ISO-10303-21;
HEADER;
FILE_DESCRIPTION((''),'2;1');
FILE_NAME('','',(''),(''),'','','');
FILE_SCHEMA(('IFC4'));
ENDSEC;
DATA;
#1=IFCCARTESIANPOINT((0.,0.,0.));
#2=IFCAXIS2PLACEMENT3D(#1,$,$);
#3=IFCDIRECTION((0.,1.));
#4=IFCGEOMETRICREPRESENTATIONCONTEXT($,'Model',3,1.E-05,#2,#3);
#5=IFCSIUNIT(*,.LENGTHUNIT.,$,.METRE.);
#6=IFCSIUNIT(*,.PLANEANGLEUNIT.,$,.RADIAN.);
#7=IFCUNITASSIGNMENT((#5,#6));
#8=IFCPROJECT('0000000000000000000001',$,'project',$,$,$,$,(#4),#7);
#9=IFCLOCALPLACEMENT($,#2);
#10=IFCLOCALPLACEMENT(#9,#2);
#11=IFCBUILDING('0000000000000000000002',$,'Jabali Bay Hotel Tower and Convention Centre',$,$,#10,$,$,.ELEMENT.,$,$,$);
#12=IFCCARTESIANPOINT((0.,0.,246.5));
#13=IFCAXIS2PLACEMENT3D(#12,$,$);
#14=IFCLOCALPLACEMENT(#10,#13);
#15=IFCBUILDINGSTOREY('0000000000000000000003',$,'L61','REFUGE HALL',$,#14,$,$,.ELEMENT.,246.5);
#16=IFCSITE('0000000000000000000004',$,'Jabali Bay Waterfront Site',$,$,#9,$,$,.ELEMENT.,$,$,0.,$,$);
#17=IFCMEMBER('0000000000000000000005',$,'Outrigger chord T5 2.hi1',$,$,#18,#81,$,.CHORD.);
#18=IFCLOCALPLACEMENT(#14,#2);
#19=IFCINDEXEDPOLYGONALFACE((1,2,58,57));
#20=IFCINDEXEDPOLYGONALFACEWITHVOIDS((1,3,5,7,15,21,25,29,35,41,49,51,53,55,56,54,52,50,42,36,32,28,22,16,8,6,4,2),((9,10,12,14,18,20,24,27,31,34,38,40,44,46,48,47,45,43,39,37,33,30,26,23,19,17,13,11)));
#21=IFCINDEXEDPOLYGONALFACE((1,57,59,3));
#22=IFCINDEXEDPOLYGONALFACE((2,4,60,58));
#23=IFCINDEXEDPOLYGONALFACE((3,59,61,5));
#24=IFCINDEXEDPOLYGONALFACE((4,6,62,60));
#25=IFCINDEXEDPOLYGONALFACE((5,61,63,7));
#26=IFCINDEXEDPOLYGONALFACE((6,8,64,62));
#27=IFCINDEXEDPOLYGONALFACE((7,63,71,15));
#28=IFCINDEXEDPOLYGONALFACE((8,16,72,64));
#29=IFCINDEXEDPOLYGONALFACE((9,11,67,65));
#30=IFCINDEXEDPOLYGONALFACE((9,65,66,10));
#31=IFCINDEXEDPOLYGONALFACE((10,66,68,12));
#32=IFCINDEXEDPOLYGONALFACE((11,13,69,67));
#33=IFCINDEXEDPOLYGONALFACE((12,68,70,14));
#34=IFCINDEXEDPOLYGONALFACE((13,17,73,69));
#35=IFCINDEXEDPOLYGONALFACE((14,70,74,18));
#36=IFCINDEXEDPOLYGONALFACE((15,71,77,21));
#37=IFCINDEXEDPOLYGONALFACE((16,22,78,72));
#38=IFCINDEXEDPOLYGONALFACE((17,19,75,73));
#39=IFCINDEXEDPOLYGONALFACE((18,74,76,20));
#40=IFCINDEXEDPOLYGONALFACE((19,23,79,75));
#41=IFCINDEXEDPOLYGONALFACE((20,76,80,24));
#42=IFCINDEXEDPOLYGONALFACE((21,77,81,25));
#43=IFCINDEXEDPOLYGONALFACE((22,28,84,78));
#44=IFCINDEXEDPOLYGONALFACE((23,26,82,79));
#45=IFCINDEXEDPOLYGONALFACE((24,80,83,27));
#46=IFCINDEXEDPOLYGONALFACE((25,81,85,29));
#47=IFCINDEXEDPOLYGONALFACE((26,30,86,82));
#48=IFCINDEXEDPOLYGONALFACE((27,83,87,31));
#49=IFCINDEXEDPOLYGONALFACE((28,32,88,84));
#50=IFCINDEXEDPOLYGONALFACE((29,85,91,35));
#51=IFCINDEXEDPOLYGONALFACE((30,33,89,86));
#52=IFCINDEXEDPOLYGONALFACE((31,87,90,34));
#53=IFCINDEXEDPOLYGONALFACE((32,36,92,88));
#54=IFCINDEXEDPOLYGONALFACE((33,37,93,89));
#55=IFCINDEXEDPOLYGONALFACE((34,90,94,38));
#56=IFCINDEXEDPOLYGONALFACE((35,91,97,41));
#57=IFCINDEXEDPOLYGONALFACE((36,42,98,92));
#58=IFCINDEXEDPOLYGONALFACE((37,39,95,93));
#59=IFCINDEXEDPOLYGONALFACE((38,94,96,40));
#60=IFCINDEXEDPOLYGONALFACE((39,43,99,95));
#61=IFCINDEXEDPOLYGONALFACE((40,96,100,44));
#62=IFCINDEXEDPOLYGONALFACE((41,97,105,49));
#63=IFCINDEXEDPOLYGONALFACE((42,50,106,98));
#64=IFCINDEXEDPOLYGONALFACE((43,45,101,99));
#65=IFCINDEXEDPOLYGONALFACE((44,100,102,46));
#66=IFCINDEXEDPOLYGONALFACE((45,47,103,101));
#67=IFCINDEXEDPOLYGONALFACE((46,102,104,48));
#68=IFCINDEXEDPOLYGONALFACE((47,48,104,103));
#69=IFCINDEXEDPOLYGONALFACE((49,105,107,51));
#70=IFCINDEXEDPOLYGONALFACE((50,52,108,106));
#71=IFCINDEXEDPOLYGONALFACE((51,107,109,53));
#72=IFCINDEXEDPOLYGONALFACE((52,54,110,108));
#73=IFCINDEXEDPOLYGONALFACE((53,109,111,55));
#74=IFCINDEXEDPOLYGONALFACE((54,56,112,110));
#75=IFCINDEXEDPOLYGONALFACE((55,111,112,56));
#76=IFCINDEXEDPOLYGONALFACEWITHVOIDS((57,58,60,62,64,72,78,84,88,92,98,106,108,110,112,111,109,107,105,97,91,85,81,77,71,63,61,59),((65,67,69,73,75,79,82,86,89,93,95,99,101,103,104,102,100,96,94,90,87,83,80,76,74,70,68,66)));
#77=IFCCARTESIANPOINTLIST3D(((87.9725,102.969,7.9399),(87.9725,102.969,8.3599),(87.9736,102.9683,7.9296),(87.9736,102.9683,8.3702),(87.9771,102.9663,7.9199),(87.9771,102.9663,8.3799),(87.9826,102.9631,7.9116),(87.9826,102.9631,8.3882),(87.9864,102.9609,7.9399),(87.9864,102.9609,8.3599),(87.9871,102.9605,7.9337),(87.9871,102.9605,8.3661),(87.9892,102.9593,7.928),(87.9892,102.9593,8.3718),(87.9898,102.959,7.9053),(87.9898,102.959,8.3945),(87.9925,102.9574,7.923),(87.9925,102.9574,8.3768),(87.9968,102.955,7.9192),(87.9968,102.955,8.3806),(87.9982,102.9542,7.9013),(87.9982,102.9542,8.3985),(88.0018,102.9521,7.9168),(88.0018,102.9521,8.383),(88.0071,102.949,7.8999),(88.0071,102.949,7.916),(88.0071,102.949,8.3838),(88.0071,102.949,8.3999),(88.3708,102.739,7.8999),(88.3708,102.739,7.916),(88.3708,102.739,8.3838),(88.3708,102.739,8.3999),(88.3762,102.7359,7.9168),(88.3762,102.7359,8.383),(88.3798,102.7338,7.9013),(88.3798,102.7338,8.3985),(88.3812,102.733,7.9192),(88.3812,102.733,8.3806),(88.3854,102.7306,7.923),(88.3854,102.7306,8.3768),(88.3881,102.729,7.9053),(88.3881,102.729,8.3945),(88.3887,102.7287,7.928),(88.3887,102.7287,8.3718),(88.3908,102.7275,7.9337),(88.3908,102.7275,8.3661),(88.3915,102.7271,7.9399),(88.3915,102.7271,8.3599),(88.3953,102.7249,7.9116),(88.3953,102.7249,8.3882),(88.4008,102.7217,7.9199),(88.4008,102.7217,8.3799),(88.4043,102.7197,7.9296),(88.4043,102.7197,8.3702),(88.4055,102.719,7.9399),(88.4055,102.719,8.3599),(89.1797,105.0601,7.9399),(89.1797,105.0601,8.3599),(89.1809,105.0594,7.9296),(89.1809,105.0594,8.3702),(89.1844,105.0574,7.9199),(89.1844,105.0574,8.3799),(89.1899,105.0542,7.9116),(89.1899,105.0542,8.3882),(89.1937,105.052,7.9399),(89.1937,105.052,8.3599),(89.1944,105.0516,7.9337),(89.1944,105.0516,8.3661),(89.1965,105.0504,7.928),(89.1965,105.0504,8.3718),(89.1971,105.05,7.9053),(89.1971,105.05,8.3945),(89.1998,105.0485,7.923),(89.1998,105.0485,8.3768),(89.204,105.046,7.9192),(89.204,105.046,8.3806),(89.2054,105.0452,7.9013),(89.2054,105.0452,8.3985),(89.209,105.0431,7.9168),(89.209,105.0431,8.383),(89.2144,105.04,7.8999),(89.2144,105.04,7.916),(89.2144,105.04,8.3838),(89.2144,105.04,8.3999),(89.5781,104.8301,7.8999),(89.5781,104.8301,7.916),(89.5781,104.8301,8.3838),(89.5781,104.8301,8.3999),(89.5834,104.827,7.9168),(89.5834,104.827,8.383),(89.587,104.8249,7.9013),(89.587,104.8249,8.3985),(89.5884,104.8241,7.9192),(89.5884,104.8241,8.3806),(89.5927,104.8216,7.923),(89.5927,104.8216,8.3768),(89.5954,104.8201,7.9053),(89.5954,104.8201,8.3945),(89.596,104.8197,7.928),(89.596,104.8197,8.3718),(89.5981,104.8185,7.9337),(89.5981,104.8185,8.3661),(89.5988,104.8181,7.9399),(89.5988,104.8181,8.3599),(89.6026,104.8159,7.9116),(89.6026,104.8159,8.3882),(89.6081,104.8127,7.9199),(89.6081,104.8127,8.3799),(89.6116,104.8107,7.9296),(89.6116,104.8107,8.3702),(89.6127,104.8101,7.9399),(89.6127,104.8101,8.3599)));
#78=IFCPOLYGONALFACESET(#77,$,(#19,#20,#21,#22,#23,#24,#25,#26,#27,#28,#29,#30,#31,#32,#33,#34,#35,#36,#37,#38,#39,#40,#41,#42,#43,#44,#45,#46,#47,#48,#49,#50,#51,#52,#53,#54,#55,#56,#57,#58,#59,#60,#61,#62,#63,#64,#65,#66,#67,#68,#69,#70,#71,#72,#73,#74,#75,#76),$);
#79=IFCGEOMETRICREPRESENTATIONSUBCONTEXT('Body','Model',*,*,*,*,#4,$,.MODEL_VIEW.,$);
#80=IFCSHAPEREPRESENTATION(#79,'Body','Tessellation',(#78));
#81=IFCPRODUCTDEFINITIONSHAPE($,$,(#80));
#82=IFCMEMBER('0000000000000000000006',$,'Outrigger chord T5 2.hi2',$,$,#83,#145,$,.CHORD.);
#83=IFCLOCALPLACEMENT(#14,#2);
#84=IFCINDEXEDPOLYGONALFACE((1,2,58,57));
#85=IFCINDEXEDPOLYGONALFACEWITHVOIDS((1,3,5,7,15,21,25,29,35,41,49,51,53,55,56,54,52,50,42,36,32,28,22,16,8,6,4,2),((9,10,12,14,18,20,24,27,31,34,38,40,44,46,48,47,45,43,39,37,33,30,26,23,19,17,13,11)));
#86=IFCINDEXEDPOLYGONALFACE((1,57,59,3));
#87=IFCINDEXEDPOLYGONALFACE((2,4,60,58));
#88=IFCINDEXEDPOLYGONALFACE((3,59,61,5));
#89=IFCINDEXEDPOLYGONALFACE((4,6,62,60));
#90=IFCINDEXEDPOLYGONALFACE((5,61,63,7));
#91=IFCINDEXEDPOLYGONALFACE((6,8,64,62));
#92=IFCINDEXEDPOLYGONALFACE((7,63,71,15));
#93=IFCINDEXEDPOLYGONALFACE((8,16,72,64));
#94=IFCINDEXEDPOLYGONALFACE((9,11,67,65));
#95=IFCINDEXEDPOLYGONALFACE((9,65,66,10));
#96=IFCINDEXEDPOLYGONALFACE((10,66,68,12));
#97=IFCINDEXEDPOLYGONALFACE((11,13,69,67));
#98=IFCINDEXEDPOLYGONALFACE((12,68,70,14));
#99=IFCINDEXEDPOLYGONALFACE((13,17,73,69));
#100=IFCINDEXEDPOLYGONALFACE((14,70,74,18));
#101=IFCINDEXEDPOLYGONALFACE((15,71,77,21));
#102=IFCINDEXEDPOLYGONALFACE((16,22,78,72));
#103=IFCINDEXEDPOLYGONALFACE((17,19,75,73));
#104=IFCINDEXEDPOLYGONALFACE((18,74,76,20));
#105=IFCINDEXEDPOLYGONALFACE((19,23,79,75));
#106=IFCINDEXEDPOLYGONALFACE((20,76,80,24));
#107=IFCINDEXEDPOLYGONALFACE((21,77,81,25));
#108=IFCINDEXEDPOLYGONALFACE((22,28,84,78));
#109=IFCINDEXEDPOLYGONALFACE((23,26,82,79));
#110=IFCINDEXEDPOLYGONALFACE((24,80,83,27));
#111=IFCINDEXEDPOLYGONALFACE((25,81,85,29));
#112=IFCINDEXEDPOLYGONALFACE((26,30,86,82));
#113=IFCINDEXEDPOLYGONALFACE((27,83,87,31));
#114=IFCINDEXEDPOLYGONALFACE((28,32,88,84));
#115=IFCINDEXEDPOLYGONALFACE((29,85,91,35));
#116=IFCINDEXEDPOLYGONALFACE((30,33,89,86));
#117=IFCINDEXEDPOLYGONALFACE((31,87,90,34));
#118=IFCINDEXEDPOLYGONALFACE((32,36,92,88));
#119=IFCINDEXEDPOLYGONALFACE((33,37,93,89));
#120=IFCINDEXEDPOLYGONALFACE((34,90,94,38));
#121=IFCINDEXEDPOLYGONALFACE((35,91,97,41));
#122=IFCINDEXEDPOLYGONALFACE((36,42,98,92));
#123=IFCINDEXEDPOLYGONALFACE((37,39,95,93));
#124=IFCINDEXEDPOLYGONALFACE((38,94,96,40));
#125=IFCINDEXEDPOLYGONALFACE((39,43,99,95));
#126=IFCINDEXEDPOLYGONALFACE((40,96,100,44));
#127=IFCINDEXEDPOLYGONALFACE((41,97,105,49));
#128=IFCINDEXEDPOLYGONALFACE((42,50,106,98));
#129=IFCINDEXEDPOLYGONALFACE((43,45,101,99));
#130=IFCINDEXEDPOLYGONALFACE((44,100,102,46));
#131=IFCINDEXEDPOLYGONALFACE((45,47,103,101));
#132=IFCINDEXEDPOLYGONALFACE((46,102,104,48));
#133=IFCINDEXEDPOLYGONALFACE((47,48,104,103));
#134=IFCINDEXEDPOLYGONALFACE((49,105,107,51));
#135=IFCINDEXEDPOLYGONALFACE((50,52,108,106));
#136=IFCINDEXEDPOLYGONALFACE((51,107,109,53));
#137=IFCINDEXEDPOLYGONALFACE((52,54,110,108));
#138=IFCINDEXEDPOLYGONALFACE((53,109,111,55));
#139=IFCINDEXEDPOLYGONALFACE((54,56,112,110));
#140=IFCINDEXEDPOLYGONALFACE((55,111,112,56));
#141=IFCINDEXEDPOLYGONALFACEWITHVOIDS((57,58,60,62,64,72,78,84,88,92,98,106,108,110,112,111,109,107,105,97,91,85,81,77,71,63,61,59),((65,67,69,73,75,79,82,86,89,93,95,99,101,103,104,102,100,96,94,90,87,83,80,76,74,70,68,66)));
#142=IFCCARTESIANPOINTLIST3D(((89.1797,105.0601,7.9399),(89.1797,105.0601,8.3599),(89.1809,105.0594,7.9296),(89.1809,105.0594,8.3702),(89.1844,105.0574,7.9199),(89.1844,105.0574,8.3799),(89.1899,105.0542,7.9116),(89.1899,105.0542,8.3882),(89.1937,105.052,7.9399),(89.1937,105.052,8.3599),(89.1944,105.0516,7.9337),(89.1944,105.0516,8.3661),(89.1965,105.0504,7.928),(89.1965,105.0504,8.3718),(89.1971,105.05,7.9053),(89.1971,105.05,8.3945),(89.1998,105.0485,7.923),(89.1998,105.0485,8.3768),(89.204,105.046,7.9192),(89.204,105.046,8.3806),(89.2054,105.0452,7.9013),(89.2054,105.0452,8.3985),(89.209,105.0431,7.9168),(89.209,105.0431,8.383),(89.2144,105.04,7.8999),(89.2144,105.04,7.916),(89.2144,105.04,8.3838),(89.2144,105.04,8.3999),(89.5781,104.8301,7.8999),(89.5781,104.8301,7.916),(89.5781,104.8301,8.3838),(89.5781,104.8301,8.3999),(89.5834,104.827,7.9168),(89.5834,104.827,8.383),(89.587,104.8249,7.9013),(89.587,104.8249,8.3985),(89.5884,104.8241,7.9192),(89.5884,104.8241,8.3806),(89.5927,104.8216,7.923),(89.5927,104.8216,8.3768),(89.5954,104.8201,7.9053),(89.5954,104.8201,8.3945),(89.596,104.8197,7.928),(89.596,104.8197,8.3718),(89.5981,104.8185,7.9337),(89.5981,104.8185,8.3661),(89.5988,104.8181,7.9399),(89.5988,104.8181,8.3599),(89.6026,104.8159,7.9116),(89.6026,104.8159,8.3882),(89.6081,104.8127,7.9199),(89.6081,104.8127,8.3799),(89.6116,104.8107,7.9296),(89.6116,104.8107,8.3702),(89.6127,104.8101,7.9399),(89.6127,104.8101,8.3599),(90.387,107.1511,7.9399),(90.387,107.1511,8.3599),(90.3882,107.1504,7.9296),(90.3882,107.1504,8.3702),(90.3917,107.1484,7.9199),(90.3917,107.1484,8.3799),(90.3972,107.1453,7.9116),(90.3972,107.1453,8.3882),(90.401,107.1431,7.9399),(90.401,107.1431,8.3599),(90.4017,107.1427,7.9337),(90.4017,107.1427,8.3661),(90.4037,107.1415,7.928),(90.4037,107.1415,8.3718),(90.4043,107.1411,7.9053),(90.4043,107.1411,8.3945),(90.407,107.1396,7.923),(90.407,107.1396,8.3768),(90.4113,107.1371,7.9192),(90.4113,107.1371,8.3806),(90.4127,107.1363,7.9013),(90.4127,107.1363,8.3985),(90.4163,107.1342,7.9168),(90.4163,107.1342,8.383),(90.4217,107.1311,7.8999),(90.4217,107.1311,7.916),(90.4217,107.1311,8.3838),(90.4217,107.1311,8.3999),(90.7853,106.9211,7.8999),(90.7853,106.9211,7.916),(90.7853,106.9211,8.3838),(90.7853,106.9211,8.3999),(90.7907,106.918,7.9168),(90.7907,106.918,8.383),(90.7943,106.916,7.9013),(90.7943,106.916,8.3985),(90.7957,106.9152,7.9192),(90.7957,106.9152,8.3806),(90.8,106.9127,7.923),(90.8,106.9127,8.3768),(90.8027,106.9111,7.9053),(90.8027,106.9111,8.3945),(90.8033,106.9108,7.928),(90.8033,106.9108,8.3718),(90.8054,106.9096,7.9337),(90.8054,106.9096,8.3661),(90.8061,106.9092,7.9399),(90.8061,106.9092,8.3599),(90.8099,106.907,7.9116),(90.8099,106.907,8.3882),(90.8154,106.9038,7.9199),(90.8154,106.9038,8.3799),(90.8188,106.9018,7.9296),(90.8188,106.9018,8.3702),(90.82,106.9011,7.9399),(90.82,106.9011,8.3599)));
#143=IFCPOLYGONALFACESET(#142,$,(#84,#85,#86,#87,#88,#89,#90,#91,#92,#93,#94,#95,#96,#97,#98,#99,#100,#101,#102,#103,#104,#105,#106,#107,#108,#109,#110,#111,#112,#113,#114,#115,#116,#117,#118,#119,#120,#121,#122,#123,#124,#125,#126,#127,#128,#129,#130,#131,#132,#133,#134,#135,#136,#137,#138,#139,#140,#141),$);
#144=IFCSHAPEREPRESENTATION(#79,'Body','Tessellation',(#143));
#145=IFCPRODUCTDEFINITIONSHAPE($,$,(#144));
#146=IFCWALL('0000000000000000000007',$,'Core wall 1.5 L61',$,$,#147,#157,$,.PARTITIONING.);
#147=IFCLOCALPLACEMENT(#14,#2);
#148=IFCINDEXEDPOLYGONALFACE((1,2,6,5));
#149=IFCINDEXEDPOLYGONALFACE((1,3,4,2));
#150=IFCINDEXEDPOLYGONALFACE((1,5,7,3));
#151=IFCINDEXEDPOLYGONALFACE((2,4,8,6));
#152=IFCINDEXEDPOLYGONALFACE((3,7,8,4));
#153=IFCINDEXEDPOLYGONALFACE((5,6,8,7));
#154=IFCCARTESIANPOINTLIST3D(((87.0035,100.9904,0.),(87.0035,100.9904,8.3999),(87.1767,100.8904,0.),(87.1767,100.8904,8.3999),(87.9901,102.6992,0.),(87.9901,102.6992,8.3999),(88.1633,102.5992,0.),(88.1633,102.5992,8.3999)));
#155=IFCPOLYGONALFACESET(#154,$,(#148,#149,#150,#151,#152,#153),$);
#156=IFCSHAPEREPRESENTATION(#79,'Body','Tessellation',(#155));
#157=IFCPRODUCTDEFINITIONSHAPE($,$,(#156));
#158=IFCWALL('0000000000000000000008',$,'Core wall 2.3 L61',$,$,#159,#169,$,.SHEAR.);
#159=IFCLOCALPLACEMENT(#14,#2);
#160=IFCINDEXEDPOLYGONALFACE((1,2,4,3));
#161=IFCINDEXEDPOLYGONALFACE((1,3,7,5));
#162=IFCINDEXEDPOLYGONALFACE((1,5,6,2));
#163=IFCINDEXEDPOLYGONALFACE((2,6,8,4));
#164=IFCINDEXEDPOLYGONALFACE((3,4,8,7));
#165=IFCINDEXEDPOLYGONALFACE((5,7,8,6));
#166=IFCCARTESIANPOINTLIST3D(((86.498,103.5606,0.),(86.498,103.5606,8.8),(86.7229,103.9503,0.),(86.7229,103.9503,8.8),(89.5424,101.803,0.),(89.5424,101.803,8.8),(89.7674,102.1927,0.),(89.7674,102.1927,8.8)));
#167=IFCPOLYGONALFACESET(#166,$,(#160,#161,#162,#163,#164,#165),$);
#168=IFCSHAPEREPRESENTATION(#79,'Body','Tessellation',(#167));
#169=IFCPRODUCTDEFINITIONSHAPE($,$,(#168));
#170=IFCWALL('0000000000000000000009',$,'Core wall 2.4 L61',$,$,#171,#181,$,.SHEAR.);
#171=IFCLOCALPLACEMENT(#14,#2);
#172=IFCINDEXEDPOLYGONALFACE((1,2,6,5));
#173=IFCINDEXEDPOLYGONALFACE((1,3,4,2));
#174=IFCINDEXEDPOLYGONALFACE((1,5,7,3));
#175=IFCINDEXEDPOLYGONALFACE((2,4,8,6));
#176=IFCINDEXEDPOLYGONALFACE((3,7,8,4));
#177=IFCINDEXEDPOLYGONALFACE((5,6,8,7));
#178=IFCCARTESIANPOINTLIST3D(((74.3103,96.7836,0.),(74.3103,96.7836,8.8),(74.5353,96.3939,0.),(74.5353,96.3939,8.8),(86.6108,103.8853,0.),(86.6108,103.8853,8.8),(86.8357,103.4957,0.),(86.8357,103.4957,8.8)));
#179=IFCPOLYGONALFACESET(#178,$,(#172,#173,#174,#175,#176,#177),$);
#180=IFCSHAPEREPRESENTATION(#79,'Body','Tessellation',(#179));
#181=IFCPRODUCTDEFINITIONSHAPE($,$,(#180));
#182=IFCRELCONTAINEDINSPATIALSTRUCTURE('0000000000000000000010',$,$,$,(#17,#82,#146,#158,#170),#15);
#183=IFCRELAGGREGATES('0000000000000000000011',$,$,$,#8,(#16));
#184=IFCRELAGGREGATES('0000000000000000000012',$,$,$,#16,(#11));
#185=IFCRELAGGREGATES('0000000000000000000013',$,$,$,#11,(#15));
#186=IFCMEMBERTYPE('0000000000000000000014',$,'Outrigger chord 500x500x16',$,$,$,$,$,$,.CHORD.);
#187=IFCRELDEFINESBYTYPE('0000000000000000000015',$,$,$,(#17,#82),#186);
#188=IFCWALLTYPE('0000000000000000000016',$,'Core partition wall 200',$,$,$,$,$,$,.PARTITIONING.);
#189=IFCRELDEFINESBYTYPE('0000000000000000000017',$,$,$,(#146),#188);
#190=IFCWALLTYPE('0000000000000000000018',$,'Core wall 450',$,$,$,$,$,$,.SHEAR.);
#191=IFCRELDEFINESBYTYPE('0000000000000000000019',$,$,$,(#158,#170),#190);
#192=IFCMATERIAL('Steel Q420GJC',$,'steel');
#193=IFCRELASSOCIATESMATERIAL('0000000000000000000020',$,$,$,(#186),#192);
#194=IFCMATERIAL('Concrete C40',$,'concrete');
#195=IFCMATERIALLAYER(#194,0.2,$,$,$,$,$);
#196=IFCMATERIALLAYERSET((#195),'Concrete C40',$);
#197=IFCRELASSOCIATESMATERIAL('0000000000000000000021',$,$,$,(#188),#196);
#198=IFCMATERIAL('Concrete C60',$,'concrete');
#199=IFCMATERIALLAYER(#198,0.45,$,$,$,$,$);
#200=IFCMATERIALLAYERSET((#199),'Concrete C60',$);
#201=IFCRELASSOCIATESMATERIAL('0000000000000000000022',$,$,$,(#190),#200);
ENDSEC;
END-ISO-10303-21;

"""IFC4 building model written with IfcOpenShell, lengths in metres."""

from ifc_helpers import new_model, si_unit, direction, frame, frame_2d, origin, origin_2d, place, context, subcontext, project, spatial, rectangle, hollow_rectangle, extrude, material, layer, layer_set, material_profile, profile_set, type_object, element, save


model = new_model("IFC4")

# Units and contexts
model_context = context("Model", 3, precision=1e-05, world=origin(), true_north=direction((0.0, 1.0)))
body_context = subcontext(model_context, "Body", "Model", "MODEL_VIEW")
ifc_project = project(units=[si_unit("LENGTHUNIT", "METRE"), si_unit("PLANEANGLEUNIT", "RADIAN")], contexts=[model_context])

# Site, building, storey
site_placement = place(None, origin())
site = spatial("IfcSite", under=ifc_project, at=site_placement, Name="Jabali Bay Waterfront Site", CompositionType="ELEMENT", RefElevation=0.0)
building_placement = place(site_placement, origin())
building = spatial("IfcBuilding", under=site, at=building_placement, Name="Jabali Bay Hotel Tower and Convention Centre", CompositionType="ELEMENT")
storey_placement = place(building_placement, frame((0.0, 0.0, 246.5)))
storey = spatial("IfcBuildingStorey", under=building, at=storey_placement, Name="L61", Description="REFUGE HALL", CompositionType="ELEMENT", Elevation=246.5)

# Shared definitions
ifc_material_1 = material(Name="Concrete C60", Category="concrete")

# Members
ifc_material_2 = material(Name="Steel Q420GJC", Category="steel")
ifc_material_profile_1 = material_profile(ifc_material_2, hollow_rectangle(XDim=0.5, YDim=0.5, WallThickness=0.0161, InnerFilletRadius=0.0239, OuterFilletRadius=0.04, at=origin_2d()), Name="Outrigger chord 500x500x16")
ifc_profile_set_1 = profile_set([ifc_material_profile_1], Name="Steel Q420GJC")
member_type_1 = type_object("IfcMemberType", Name="Outrigger chord 500x500x16", PredefinedType="CHORD", material=ifc_profile_set_1)
for number, where, z_axis, x_axis, name in (
    (1, (88.189, 102.844, 8.1499), (0.5, 0.866026, 0.0), (-0.866026, 0.5, 0.0), "Outrigger chord T5 2.hi1"),
    (2, (89.3962, 104.9351, 8.1499), (0.5, 0.866026, 0.0), (-0.866026, 0.5, 0.0), "Outrigger chord T5 2.hi2"),
):
    element("IfcMember", number, at=place(storey_placement, frame(where, z_axis=z_axis, x_axis=x_axis)), inside=storey, type_object=member_type_1, Name=name, PredefinedType="CHORD", context=body_context, shape_type="SweptSolid", body=[
        extrude(hollow_rectangle(XDim=0.5, YDim=0.5, WallThickness=0.0161, InnerFilletRadius=0.0239, OuterFilletRadius=0.04, at=origin_2d()), origin(), (0.0, 0.0, 1.0), 2.4146),
    ])

# Walls
ifc_material_3 = material(Name="Concrete C40", Category="concrete")
ifc_layer_1 = layer(ifc_material_3, 0.2)
ifc_layer_set_1 = layer_set([ifc_layer_1], Name="Concrete C40")
wall_type_1 = type_object("IfcWallType", Name="Core partition wall 200", PredefinedType="PARTITIONING", material=ifc_layer_set_1)
wall_1_placement = place(storey_placement, frame((87.0901, 100.9404, 0.0), z_axis=(0.0, 0.0, 1.0), x_axis=(0.500012, 0.866019, 0.0)))
element("IfcWall", 3, at=wall_1_placement, inside=storey, type_object=wall_type_1, Name="Core wall 1.5 L61", PredefinedType="PARTITIONING", context=body_context, shape_type="SweptSolid", body=[
    extrude(rectangle(XDim=1.9731, YDim=0.2, at=frame_2d((0.9866, 0.0))), origin(), (0.0, 0.0, 1.0), 8.3999),
])
ifc_layer_2 = layer(ifc_material_1, 0.45)
ifc_layer_set_2 = layer_set([ifc_layer_2], Name="Concrete C60")
wall_type_2 = type_object("IfcWallType", Name="Core wall 450", PredefinedType="SHEAR", material=ifc_layer_set_2)
wall_2_placement = place(storey_placement, frame((89.655, 101.9978, 0.0), z_axis=(0.0, 0.0, 1.0), x_axis=(-0.866042, 0.499971, 0.0)))
element("IfcWall", 4, at=wall_2_placement, inside=storey, type_object=wall_type_2, Name="Core wall 2.3 L61", PredefinedType="SHEAR", context=body_context, shape_type="SweptSolid", body=[
    extrude(rectangle(XDim=3.5154, YDim=0.45, at=frame_2d((1.7578, 0.0))), origin(), (0.0, 0.0, 1.0), 8.8),
])
wall_3_placement = place(storey_placement, frame((86.7231, 103.6904, 0.0), z_axis=(0.0, 0.0, 1.0), x_axis=(-0.866023, -0.500005, 0.0)))
element("IfcWall", 5, at=wall_3_placement, inside=storey, type_object=wall_type_2, Name="Core wall 2.4 L61", PredefinedType="SHEAR", context=body_context, shape_type="SweptSolid", body=[
    extrude(rectangle(XDim=14.2034, YDim=0.45, at=frame_2d((7.1016, 0.0))), origin(), (0.0, 0.0, 1.0), 8.8),
])

save(model, "model.ifc")
